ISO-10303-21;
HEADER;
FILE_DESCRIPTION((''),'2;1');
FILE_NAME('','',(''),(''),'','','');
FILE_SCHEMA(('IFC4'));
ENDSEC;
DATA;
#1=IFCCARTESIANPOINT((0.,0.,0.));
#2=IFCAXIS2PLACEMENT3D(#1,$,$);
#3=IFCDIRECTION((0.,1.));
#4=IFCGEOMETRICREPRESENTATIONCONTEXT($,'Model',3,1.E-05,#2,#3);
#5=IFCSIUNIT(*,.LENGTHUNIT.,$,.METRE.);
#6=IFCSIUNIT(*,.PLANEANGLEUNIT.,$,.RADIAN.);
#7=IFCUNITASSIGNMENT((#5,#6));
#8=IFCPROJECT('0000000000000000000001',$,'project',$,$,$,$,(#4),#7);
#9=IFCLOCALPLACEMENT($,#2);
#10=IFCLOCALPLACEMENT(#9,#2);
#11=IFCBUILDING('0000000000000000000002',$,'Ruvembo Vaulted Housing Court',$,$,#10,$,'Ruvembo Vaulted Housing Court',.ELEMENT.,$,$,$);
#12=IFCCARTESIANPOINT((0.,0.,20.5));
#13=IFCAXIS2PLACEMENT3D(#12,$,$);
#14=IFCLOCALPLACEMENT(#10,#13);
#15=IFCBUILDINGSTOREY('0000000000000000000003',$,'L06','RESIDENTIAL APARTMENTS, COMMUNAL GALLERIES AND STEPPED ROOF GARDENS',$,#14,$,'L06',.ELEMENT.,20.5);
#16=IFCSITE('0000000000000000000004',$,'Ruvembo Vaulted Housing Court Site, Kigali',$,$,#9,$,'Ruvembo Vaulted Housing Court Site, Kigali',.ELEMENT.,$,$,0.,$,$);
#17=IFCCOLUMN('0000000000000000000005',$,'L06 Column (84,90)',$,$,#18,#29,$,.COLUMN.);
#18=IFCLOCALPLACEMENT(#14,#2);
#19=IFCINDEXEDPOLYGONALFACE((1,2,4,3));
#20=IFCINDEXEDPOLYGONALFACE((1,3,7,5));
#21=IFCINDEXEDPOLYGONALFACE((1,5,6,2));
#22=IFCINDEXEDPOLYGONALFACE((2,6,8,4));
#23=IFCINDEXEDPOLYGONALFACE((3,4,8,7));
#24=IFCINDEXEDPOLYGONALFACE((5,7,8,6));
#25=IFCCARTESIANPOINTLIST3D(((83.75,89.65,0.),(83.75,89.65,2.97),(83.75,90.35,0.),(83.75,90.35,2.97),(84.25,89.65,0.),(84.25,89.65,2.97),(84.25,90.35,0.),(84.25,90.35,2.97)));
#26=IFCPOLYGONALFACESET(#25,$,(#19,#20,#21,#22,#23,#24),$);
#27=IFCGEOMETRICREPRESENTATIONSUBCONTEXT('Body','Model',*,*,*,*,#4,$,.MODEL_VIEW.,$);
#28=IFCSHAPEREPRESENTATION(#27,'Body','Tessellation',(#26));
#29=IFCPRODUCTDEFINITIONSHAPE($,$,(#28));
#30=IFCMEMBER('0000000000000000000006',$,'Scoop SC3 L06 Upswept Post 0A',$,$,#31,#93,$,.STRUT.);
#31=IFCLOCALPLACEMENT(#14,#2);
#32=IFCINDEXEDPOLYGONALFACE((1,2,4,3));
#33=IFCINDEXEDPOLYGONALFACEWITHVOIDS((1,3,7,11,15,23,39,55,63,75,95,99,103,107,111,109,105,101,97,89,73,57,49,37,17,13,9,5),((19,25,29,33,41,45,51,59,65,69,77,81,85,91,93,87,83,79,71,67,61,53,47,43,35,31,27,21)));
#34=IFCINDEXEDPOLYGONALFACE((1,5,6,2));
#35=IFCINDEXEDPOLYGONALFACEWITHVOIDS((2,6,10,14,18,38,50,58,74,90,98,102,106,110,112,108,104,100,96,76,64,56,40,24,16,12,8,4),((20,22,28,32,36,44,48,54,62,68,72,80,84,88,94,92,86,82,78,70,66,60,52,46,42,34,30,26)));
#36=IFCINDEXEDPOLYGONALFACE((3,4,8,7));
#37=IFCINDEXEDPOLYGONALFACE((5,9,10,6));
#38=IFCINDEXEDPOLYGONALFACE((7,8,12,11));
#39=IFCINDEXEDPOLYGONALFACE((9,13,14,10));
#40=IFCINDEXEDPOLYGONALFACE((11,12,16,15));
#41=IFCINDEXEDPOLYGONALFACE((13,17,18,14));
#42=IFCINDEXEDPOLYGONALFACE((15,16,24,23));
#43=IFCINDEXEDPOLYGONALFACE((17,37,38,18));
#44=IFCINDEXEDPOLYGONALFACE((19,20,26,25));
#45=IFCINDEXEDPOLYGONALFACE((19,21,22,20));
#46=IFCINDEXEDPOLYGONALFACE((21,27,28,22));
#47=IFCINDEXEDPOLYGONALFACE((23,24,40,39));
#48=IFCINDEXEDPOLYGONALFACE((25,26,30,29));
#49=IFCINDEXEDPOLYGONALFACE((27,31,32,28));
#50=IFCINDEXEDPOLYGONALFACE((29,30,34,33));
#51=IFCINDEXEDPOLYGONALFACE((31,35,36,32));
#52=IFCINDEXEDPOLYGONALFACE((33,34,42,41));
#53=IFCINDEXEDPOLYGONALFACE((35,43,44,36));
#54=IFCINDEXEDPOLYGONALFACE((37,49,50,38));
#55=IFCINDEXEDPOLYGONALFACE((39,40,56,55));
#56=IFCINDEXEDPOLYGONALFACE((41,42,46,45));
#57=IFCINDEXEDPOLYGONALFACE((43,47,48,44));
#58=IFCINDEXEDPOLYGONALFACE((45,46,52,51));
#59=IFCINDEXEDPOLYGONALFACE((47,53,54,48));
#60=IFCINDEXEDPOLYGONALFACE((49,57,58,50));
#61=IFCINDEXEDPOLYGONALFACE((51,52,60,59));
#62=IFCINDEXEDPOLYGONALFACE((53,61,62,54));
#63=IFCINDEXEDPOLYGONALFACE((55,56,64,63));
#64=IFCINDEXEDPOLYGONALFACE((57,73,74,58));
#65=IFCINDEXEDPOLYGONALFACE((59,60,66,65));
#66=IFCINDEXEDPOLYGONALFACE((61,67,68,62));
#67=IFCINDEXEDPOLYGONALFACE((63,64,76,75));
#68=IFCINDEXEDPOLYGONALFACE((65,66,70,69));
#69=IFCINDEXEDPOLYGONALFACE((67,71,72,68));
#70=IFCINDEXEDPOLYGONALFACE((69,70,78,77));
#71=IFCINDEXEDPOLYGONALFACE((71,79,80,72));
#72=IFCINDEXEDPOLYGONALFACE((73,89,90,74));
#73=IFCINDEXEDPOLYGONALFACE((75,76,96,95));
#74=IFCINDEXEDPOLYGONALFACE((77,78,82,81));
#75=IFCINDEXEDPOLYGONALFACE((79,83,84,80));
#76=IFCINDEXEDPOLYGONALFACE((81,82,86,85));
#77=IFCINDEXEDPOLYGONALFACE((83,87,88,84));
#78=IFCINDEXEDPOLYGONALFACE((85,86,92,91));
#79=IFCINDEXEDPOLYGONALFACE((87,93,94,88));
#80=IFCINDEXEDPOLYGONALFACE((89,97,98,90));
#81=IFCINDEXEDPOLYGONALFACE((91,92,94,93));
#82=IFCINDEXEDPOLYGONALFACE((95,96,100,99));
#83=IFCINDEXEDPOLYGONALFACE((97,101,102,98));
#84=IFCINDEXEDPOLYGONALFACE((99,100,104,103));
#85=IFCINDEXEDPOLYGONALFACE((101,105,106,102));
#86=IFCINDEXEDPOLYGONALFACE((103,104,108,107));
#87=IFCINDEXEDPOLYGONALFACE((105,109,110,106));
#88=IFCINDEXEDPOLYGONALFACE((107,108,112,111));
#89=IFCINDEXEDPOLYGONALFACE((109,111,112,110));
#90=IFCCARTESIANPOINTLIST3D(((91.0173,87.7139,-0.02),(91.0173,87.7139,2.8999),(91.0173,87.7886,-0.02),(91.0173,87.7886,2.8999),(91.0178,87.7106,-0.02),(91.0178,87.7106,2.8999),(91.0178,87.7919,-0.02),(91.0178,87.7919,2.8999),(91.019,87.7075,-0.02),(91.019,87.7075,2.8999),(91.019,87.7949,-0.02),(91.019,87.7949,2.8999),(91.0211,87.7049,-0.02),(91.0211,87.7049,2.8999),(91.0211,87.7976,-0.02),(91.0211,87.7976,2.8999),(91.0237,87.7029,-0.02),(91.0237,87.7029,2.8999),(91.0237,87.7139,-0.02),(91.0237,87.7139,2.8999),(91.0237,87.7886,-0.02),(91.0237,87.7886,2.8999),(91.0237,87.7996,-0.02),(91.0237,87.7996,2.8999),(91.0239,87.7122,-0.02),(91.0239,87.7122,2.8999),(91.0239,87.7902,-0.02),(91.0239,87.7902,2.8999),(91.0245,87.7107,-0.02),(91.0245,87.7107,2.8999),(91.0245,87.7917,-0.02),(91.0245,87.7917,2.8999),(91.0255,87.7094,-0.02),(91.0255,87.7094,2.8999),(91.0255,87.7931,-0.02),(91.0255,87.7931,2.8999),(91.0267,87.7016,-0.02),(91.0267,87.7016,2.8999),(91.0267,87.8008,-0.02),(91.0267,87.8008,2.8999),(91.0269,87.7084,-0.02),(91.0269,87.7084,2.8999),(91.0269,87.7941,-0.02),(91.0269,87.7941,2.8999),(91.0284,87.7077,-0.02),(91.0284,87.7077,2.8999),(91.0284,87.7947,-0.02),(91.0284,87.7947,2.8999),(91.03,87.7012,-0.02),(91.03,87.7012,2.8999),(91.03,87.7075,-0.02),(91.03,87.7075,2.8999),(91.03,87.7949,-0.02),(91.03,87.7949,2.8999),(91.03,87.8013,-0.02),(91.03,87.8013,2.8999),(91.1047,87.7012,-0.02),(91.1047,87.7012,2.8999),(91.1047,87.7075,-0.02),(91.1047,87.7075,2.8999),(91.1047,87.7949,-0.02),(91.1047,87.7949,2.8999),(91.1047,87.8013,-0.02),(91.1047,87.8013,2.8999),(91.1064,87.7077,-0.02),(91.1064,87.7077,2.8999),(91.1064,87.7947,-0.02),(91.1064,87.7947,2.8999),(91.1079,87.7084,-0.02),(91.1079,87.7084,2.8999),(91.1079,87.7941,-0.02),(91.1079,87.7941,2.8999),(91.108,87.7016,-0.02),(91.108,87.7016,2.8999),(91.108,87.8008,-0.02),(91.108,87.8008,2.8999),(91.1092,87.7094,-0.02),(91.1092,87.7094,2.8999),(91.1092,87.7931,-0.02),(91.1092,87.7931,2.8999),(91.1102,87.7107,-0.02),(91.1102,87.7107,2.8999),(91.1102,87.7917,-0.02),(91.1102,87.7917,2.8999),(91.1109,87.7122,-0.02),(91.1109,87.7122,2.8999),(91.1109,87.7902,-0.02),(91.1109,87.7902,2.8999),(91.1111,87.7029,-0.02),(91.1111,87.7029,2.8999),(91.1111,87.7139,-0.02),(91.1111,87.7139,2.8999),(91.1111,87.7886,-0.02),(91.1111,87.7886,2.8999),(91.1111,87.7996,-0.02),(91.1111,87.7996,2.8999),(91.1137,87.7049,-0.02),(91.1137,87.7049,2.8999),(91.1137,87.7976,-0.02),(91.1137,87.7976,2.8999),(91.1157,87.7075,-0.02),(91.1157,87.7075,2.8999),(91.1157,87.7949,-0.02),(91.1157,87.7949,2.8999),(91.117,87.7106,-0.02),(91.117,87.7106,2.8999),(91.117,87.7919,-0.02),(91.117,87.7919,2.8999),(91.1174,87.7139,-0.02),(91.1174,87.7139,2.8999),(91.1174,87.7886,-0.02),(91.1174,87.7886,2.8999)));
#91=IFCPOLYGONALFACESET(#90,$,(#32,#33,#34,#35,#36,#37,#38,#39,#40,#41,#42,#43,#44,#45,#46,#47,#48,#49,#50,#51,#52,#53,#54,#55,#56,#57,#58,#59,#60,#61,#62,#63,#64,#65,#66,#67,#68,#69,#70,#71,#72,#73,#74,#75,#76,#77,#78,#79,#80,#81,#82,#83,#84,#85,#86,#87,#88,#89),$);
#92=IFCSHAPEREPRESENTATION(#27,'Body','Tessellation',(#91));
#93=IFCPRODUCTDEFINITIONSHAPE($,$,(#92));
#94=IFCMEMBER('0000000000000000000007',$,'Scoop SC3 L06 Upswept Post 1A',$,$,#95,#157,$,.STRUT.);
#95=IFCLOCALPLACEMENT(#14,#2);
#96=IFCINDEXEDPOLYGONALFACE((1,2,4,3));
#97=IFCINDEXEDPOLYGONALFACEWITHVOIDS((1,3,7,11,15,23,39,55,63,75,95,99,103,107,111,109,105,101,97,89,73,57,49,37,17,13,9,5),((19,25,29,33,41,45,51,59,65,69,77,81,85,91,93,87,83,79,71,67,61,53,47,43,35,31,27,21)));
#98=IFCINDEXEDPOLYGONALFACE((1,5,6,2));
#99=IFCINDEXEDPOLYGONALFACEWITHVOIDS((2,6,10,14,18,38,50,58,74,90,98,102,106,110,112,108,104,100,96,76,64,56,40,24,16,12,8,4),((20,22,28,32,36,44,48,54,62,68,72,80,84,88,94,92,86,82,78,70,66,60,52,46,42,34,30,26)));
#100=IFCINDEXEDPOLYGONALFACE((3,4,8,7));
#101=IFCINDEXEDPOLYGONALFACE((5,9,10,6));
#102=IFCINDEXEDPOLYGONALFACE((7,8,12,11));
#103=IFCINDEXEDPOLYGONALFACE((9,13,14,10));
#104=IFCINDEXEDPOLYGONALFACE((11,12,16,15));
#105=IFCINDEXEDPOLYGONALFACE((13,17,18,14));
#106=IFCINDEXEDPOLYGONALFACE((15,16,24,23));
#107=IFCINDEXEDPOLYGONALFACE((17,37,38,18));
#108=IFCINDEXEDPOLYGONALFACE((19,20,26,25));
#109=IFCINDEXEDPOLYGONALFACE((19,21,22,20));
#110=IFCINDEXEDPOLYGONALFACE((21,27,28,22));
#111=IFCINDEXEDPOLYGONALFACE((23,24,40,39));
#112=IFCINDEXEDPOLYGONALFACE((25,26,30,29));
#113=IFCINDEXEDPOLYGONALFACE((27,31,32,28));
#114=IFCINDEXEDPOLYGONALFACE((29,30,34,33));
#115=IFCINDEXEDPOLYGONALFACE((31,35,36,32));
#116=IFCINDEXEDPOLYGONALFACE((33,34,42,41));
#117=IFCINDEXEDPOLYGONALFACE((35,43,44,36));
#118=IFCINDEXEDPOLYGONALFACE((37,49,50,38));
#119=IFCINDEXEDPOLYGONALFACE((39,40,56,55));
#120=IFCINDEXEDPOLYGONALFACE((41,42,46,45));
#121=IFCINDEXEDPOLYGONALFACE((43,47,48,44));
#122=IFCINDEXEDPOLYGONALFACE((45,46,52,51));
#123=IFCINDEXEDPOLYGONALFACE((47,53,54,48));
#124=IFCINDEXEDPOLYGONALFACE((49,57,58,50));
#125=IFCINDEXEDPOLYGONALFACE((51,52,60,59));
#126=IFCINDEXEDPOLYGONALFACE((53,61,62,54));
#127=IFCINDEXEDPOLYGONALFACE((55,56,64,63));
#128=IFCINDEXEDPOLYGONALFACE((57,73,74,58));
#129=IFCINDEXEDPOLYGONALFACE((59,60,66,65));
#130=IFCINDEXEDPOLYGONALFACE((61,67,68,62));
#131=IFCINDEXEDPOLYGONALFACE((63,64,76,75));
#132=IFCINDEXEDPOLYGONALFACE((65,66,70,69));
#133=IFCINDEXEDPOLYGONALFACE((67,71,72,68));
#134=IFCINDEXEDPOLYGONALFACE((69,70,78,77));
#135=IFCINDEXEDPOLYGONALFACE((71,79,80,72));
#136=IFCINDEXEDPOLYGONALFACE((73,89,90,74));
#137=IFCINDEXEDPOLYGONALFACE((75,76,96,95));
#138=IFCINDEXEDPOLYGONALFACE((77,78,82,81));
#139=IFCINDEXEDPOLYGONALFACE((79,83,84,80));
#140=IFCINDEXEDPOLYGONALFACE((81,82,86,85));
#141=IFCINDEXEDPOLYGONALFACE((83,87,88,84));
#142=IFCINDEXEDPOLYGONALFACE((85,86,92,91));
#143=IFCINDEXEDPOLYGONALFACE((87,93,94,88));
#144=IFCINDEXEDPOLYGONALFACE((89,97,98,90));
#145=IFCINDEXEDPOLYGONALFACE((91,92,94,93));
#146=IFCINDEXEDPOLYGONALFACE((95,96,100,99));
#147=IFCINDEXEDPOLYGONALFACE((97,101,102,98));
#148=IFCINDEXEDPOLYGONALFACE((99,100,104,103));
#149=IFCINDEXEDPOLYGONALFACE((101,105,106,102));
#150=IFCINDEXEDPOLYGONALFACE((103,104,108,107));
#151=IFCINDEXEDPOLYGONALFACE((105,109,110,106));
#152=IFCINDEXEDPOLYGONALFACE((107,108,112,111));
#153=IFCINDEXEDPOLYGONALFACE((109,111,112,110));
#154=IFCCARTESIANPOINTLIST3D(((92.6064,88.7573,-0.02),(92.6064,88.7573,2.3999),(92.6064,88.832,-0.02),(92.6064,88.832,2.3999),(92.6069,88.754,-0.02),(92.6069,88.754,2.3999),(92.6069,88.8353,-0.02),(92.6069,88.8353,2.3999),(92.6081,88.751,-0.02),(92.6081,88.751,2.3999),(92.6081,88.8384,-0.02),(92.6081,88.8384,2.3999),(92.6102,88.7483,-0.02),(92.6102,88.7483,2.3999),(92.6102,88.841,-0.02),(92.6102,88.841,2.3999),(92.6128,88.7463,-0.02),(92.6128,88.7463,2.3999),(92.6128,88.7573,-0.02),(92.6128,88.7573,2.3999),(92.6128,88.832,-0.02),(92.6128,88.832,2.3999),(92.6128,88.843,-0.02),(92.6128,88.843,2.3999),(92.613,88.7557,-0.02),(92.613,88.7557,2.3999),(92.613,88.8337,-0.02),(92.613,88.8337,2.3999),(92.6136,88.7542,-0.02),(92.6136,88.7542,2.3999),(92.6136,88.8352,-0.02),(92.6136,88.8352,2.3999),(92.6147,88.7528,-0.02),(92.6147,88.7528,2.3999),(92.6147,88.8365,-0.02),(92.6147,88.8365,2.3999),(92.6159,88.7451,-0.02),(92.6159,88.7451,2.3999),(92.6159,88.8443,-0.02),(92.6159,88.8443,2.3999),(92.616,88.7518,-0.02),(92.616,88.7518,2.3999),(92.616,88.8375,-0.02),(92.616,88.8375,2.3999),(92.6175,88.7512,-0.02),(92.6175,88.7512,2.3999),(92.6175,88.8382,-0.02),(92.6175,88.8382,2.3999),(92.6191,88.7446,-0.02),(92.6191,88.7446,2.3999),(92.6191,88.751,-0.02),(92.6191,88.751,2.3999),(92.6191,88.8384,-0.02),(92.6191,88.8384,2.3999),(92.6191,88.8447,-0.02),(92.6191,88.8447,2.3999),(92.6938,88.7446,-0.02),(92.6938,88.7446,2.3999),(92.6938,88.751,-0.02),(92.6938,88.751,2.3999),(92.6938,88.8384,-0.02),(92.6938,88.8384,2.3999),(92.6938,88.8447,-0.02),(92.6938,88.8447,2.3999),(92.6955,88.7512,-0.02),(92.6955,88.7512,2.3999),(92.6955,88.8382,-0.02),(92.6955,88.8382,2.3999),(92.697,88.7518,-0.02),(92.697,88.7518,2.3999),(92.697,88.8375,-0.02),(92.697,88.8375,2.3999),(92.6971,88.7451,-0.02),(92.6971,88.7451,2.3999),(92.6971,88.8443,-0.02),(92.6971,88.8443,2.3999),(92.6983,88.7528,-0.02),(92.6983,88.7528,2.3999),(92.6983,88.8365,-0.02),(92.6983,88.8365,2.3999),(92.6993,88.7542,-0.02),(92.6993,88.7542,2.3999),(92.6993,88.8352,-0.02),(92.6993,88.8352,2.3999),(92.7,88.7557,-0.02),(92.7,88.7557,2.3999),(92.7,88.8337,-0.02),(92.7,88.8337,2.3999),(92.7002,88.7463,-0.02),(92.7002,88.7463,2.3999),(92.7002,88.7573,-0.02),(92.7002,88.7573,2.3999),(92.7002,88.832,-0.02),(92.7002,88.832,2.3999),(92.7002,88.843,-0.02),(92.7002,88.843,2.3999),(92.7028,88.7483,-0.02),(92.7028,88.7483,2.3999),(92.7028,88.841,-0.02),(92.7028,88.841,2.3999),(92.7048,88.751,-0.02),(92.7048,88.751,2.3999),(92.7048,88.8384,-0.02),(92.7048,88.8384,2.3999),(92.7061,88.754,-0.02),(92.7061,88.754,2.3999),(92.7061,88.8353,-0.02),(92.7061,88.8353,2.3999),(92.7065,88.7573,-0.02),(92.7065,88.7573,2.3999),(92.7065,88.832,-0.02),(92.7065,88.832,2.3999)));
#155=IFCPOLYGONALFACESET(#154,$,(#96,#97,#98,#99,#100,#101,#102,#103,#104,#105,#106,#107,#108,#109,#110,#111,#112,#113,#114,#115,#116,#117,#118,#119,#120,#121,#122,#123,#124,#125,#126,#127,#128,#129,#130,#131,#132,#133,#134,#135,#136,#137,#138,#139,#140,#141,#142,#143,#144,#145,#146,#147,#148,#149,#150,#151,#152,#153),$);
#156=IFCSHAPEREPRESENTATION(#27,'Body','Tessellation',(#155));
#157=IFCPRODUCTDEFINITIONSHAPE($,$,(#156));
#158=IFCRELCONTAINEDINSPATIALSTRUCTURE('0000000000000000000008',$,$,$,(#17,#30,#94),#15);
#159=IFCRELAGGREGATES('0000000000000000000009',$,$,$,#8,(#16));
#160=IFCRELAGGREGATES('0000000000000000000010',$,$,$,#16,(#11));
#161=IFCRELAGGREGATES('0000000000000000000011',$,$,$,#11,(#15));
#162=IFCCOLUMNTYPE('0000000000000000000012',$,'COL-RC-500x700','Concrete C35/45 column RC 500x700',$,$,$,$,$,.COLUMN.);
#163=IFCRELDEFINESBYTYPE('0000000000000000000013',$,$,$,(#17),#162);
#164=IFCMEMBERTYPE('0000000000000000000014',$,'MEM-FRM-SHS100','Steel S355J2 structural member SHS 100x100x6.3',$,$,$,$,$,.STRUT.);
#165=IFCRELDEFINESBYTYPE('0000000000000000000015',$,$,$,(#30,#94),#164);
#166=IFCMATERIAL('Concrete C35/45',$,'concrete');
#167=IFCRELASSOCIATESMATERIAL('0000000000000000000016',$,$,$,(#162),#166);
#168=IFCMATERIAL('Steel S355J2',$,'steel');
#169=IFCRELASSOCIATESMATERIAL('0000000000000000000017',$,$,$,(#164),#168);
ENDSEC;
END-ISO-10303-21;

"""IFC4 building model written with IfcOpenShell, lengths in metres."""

from ifc_helpers import new_model, si_unit, direction, frame, origin, origin_2d, place, context, subcontext, project, spatial, rectangle, hollow_rectangle, extrude, material, material_profile, profile_set, type_object, element, save


model = new_model("IFC4")

# Units and contexts
model_context = context("Model", 3, precision=1e-05, world=origin(), true_north=direction((0.0, 1.0)))
body_context = subcontext(model_context, "Body", "Model", "MODEL_VIEW")
ifc_project = project(units=[si_unit("LENGTHUNIT", "METRE"), si_unit("PLANEANGLEUNIT", "RADIAN")], contexts=[model_context])

# Site, building, storey
site_placement = place(None, origin())
site = spatial("IfcSite", under=ifc_project, at=site_placement, Name="Ruvembo Vaulted Housing Court Site, Kigali", LongName="Ruvembo Vaulted Housing Court Site, Kigali", CompositionType="ELEMENT", RefElevation=0.0)
building_placement = place(site_placement, origin())
building = spatial("IfcBuilding", under=site, at=building_placement, Name="Ruvembo Vaulted Housing Court", LongName="Ruvembo Vaulted Housing Court", CompositionType="ELEMENT")
storey_placement = place(building_placement, frame((0.0, 0.0, 20.5)))
storey = spatial("IfcBuildingStorey", under=building, at=storey_placement, Name="L06", Description="RESIDENTIAL APARTMENTS, COMMUNAL GALLERIES AND STEPPED ROOF GARDENS", LongName="L06", CompositionType="ELEMENT", Elevation=20.5)

# Column
ifc_material_1 = material(Name="Concrete C35/45", Category="concrete")
ifc_material_profile_1 = material_profile(ifc_material_1, rectangle(XDim=0.5, YDim=0.7, at=origin_2d()), Name="RC 500x700")
ifc_profile_set_1 = profile_set([ifc_material_profile_1], Name="Concrete C35/45")
column_type = type_object("IfcColumnType", Name="COL-RC-500x700", Description="Concrete C35/45 column RC 500x700", PredefinedType="COLUMN", material=ifc_profile_set_1)
column_placement = place(storey_placement, frame((84.0, 90.0, 0.0), z_axis=(0.0, 0.0, 1.0), x_axis=(1.0, 0.0, 0.0)))
element("IfcColumn", 1, at=column_placement, inside=storey, type_object=column_type, Name="L06 Column (84,90)", PredefinedType="COLUMN", context=body_context, shape_type="SweptSolid", body=[
    extrude(rectangle(XDim=0.5, YDim=0.7, at=origin_2d()), origin(), (0.0, 0.0, 1.0), 2.97),
])

# Members
ifc_material_2 = material(Name="Steel S355J2", Category="steel")
ifc_material_profile_2 = material_profile(ifc_material_2, hollow_rectangle(XDim=0.1001, YDim=0.1001, WallThickness=0.0063, InnerFilletRadius=0.0063, OuterFilletRadius=0.0127, at=origin_2d()), Name="SHS 100x100x6.3")
ifc_profile_set_2 = profile_set([ifc_material_profile_2], Name="Steel S355J2")
member_type_1 = type_object("IfcMemberType", Name="MEM-FRM-SHS100", Description="Steel S355J2 structural member SHS 100x100x6.3", PredefinedType="STRUT", material=ifc_profile_set_2)
member_1_placement = place(storey_placement, frame((91.0674, 87.7512, -0.02), z_axis=(0.0, 0.0, 1.0), x_axis=(1.0, 0.0, 0.0)))
element("IfcMember", 2, at=member_1_placement, inside=storey, type_object=member_type_1, Name="Scoop SC3 L06 Upswept Post 0A", PredefinedType="STRUT", context=body_context, shape_type="SweptSolid", body=[
    extrude(hollow_rectangle(XDim=0.1001, YDim=0.1001, WallThickness=0.0063, InnerFilletRadius=0.0063, OuterFilletRadius=0.0127, at=origin_2d()), origin(), (0.0, 0.0, 1.0), 2.9199),
])
member_2_placement = place(storey_placement, frame((92.6565, 88.7947, -0.02), z_axis=(0.0, 0.0, 1.0), x_axis=(1.0, 0.0, 0.0)))
element("IfcMember", 3, at=member_2_placement, inside=storey, type_object=member_type_1, Name="Scoop SC3 L06 Upswept Post 1A", PredefinedType="STRUT", context=body_context, shape_type="SweptSolid", body=[
    extrude(hollow_rectangle(XDim=0.1001, YDim=0.1001, WallThickness=0.0063, InnerFilletRadius=0.0063, OuterFilletRadius=0.0127, at=origin_2d()), origin(), (0.0, 0.0, 1.0), 2.4199),
])

save(model, "model.ifc")
